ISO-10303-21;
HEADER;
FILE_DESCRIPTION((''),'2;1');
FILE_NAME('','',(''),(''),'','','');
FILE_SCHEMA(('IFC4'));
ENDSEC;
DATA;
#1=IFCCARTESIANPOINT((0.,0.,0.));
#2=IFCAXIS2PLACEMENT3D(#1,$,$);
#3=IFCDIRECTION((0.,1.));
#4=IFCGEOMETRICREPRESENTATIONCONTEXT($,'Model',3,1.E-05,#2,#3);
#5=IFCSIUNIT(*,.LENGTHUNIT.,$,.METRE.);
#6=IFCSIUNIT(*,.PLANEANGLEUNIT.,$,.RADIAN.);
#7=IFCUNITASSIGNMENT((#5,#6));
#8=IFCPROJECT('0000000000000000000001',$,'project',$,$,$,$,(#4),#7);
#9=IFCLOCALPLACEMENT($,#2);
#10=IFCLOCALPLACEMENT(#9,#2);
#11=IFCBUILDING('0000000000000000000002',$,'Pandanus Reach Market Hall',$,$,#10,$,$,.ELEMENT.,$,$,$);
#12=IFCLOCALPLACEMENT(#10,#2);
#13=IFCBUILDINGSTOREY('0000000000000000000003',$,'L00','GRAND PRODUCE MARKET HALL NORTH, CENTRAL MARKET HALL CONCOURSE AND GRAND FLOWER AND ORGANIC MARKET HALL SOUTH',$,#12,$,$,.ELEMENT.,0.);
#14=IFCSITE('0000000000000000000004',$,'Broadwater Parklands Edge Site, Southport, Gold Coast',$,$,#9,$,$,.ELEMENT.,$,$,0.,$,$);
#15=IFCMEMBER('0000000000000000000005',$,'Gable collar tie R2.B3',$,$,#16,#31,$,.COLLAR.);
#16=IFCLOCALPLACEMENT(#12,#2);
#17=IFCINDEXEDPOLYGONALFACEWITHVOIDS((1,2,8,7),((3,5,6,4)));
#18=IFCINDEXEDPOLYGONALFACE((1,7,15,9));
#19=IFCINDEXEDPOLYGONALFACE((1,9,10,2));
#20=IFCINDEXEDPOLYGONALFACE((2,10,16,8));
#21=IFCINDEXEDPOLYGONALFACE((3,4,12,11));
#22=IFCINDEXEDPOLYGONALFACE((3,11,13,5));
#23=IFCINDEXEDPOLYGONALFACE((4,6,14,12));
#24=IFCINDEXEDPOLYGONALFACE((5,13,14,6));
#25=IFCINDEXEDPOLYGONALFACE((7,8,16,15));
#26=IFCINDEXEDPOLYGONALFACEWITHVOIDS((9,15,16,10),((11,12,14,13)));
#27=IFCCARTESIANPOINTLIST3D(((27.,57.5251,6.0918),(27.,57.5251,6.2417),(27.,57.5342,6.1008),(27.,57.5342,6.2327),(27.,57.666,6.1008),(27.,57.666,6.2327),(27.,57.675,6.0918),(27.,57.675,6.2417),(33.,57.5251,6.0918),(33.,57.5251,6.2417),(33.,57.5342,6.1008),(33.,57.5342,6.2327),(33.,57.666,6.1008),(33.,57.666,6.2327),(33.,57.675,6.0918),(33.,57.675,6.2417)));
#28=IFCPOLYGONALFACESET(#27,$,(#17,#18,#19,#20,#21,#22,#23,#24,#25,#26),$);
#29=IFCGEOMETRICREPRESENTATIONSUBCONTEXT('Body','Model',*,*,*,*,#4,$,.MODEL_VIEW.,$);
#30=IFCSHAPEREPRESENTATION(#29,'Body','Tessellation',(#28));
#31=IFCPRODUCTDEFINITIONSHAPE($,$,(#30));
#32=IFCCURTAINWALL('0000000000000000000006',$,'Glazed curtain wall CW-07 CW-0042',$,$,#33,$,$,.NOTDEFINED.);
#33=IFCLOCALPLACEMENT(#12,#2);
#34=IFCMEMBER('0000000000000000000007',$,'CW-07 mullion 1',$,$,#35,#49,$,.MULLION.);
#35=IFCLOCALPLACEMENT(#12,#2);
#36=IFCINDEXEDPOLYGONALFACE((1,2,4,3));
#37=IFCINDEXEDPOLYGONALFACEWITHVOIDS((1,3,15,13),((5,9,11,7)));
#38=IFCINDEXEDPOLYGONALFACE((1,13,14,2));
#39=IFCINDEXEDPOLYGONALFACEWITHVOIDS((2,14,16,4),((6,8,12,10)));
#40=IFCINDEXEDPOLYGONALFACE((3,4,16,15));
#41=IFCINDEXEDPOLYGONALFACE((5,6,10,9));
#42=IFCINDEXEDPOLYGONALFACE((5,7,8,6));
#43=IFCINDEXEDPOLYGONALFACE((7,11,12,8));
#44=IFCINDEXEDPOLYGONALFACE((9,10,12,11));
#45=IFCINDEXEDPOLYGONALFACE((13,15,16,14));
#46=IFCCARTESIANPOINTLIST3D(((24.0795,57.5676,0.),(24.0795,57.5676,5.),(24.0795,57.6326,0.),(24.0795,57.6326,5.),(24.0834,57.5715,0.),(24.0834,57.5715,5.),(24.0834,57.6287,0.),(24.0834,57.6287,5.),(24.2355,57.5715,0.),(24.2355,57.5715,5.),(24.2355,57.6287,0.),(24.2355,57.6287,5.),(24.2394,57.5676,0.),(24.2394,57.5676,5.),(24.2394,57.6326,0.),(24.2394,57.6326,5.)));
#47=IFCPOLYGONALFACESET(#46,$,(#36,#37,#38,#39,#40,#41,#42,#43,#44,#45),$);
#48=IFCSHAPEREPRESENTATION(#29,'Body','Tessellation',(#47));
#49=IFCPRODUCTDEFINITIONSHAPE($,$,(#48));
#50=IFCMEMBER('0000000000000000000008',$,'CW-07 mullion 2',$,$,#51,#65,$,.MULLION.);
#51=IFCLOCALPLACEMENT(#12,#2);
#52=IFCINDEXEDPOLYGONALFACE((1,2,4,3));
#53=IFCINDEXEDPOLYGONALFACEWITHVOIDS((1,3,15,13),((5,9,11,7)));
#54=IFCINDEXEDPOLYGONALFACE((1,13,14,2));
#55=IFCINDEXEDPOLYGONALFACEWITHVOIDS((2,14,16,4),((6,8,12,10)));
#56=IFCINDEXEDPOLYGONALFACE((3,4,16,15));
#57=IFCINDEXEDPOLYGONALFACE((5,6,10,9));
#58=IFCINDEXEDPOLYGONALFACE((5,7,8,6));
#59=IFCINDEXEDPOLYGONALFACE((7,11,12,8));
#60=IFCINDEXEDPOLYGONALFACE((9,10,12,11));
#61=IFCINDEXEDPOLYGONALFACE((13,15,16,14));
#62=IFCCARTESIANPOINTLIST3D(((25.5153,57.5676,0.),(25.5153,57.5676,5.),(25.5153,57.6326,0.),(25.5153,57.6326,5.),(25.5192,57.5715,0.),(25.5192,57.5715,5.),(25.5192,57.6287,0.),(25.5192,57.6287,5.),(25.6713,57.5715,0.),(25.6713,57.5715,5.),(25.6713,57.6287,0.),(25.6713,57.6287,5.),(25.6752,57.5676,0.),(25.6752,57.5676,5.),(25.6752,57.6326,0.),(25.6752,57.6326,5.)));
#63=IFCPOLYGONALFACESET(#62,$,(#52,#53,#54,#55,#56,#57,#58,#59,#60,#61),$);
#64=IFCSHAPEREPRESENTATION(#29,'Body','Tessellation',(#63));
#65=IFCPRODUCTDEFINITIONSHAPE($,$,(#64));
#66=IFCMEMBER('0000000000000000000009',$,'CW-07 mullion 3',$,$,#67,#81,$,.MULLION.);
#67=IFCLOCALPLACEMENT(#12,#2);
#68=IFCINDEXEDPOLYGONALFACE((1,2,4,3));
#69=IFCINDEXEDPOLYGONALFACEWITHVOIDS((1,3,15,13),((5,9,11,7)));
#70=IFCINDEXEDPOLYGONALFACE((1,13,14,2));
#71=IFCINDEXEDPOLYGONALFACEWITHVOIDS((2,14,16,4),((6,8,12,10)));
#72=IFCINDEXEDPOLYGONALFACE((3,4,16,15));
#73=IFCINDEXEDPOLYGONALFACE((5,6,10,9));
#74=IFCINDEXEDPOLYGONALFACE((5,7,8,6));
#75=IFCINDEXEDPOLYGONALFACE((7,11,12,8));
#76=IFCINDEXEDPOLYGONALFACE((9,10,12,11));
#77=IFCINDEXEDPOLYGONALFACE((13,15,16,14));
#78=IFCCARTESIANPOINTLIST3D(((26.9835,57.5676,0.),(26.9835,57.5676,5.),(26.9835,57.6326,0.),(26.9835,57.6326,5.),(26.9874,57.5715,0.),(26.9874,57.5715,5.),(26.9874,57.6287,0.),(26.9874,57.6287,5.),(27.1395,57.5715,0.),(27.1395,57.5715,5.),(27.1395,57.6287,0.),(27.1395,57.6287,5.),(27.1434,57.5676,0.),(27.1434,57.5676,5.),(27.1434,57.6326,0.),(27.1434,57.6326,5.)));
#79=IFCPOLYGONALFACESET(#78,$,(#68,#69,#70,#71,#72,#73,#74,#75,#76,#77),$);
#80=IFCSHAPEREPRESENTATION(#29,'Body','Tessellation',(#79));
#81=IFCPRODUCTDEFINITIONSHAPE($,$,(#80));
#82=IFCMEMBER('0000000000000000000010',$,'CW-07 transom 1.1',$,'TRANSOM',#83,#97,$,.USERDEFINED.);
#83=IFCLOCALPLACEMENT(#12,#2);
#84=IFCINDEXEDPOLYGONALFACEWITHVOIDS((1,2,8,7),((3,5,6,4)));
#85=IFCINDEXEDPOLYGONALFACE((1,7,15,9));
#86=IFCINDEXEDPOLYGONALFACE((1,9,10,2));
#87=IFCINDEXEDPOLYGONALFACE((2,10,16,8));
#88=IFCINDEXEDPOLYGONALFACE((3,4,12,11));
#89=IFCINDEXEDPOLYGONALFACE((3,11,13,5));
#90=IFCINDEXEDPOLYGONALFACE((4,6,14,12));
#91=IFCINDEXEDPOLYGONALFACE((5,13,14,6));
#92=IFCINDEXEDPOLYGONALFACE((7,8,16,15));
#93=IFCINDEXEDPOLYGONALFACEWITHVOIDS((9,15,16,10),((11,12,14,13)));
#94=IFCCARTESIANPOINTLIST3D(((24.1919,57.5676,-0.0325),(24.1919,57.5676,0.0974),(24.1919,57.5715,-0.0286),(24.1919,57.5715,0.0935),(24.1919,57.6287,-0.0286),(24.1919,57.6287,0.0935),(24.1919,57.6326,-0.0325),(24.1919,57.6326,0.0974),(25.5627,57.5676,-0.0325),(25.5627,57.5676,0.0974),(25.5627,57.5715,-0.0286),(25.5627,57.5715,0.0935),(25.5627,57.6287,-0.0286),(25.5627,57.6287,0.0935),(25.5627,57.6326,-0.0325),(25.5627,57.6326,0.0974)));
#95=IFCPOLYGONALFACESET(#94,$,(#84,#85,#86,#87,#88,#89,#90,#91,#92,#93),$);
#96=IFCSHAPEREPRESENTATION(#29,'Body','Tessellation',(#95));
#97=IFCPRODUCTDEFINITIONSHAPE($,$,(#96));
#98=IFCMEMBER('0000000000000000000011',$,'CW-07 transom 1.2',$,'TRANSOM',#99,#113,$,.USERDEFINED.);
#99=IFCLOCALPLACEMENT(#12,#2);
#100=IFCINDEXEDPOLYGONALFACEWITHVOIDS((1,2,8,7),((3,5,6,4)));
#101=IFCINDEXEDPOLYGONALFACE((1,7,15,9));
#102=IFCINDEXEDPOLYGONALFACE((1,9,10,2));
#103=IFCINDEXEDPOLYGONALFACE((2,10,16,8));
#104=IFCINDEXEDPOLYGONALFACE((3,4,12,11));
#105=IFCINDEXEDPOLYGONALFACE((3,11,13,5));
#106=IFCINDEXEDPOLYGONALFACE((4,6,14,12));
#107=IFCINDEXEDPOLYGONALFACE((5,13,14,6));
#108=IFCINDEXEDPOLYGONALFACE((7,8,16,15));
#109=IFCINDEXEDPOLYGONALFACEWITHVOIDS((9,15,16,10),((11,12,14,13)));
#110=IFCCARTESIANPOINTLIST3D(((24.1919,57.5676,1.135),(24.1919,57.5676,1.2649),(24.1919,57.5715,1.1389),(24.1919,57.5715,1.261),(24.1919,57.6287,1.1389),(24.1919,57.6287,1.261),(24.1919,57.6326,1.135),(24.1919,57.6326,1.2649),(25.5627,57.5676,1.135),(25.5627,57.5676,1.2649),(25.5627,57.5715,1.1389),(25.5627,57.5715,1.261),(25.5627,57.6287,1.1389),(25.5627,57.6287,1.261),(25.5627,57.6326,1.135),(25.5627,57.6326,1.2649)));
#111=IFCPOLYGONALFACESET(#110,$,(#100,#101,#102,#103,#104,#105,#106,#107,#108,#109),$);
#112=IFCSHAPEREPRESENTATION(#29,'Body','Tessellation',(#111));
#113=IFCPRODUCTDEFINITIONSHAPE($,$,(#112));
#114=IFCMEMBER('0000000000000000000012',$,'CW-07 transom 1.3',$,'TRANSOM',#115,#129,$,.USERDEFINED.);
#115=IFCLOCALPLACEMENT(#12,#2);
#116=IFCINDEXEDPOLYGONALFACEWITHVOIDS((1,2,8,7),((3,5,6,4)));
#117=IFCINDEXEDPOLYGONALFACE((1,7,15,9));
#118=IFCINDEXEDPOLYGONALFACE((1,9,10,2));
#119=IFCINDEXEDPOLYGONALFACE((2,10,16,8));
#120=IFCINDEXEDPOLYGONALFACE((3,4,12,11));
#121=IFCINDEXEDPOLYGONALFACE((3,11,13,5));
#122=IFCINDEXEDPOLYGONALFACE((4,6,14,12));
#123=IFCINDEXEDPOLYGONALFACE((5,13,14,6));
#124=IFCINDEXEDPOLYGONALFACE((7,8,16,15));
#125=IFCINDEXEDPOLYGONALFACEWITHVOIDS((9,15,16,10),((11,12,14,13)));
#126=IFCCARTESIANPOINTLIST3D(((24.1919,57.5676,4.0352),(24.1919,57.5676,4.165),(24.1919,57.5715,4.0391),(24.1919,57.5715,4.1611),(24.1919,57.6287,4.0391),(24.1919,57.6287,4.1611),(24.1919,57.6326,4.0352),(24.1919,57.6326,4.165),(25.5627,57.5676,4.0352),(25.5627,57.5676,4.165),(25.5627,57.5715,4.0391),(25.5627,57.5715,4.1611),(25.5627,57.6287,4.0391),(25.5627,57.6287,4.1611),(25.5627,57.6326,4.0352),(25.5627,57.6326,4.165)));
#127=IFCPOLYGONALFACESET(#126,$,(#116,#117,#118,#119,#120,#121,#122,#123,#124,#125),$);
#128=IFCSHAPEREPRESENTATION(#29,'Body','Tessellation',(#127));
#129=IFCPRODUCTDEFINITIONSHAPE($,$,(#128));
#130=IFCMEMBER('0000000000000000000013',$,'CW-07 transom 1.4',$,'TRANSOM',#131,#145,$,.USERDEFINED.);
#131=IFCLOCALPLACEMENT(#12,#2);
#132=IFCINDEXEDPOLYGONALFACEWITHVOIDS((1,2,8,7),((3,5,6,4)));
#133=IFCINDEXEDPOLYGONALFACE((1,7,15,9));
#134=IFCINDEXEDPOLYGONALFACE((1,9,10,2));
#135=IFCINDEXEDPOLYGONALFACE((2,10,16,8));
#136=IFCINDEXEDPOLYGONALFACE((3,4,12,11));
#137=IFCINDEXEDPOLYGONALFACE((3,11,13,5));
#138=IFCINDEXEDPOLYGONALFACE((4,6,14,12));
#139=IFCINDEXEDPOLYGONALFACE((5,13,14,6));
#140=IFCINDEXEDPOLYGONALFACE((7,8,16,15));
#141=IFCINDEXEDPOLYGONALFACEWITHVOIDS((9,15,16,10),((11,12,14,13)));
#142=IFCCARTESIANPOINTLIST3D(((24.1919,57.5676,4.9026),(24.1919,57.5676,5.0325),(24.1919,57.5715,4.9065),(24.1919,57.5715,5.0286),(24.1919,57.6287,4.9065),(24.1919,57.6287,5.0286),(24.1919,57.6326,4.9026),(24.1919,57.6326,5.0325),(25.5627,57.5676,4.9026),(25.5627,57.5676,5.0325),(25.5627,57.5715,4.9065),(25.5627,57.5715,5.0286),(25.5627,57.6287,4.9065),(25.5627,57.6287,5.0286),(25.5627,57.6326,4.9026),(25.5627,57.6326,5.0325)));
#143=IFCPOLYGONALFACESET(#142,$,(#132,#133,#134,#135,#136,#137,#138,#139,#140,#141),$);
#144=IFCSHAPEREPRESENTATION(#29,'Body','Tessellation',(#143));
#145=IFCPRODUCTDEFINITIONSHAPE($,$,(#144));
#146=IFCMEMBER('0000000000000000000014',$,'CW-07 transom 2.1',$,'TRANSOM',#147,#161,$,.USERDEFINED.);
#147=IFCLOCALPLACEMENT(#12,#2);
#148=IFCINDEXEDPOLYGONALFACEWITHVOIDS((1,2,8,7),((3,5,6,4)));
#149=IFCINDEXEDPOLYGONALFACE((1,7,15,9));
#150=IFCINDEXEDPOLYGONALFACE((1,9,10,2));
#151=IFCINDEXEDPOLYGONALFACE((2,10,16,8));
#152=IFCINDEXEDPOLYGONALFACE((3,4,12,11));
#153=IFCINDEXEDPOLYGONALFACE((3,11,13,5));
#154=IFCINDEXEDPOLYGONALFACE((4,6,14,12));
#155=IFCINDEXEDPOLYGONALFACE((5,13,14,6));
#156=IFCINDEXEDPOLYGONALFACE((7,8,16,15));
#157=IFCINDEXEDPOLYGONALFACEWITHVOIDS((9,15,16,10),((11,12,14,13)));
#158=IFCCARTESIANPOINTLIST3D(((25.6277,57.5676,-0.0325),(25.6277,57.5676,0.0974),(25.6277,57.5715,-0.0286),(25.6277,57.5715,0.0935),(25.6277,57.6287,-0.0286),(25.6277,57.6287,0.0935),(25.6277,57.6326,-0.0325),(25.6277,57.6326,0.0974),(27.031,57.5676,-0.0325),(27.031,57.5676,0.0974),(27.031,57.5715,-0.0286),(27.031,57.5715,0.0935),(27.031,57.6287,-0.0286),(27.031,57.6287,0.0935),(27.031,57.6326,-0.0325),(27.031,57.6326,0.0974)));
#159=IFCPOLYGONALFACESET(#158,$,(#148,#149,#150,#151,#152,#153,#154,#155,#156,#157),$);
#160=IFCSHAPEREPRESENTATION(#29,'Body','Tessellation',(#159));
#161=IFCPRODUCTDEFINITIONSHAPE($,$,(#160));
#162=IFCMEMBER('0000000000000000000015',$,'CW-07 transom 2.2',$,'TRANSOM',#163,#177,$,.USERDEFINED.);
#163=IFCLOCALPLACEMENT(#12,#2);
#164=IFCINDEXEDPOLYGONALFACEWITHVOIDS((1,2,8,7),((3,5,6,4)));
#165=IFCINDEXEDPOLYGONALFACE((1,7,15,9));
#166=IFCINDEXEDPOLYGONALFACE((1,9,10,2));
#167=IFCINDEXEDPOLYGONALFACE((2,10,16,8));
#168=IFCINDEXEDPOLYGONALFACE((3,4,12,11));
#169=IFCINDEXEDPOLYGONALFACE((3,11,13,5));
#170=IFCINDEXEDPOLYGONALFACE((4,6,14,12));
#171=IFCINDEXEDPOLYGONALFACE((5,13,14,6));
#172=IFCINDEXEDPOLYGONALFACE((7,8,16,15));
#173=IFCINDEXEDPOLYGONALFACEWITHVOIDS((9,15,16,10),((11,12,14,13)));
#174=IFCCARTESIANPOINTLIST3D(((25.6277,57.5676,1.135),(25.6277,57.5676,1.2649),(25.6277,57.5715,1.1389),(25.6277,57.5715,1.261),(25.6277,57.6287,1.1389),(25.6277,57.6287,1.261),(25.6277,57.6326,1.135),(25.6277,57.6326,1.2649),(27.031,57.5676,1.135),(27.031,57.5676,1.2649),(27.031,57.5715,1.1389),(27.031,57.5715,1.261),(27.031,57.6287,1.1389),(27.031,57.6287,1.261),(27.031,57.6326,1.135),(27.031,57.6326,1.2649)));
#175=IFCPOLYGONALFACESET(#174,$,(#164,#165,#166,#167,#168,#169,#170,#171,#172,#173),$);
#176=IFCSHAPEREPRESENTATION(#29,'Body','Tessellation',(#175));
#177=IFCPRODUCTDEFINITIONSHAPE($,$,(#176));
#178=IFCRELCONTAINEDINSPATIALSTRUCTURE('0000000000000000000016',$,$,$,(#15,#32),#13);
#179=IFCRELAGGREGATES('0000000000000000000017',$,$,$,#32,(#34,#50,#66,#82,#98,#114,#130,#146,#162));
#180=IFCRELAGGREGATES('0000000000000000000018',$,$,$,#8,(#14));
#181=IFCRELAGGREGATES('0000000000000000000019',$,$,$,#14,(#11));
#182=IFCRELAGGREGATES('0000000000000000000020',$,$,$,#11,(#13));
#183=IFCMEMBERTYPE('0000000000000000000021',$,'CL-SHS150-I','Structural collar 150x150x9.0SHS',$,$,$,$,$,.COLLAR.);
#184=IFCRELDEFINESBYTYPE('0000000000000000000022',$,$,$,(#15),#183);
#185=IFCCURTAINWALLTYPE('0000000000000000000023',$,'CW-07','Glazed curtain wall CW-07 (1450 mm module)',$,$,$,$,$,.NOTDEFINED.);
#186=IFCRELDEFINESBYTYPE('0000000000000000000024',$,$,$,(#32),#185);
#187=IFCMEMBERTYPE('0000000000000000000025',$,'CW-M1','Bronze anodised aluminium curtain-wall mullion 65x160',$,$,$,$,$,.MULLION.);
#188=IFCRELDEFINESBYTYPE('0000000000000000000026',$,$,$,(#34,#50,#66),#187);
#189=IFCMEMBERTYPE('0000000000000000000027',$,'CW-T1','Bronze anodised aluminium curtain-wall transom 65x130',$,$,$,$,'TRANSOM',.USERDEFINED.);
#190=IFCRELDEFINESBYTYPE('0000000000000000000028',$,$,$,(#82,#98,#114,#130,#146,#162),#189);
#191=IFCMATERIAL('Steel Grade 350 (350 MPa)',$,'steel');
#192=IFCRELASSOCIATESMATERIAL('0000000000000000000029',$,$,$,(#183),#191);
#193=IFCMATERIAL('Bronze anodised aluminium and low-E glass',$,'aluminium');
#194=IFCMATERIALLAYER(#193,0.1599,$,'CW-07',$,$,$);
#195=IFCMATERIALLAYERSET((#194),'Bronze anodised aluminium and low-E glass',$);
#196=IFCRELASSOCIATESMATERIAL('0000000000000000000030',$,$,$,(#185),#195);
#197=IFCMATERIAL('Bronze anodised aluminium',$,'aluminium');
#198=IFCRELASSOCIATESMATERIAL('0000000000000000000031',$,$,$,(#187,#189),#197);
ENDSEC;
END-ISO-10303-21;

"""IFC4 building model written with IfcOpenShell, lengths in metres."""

from ifc_helpers import new_model, si_unit, direction, frame, origin, origin_2d, place, context, subcontext, project, spatial, hollow_rectangle, extrude, material, layer, layer_set, material_profile, profile_set, type_object, element, aggregate, save


model = new_model("IFC4")

# Units and contexts
model_context = context("Model", 3, precision=1e-05, world=origin(), true_north=direction((0.0, 1.0)))
body_context = subcontext(model_context, "Body", "Model", "MODEL_VIEW")
ifc_project = project(units=[si_unit("LENGTHUNIT", "METRE"), si_unit("PLANEANGLEUNIT", "RADIAN")], contexts=[model_context])

# Site, building, storey
site_placement = place(None, origin())
site = spatial("IfcSite", under=ifc_project, at=site_placement, Name="Broadwater Parklands Edge Site, Southport, Gold Coast", CompositionType="ELEMENT", RefElevation=0.0)
building_placement = place(site_placement, origin())
building = spatial("IfcBuilding", under=site, at=building_placement, Name="Pandanus Reach Market Hall", CompositionType="ELEMENT")
storey_placement = place(building_placement, origin())
storey = spatial("IfcBuildingStorey", under=building, at=storey_placement, Name="L00", Description="GRAND PRODUCE MARKET HALL NORTH, CENTRAL MARKET HALL CONCOURSE AND GRAND FLOWER AND ORGANIC MARKET HALL SOUTH", CompositionType="ELEMENT", Elevation=0.0)

# Shared definitions
ifc_material_1 = material(Name="Steel Grade 350 (350 MPa)", Category="steel")

# Member
ifc_material_profile_1 = material_profile(ifc_material_1, hollow_rectangle(XDim=0.1499, YDim=0.1499, WallThickness=0.009, at=origin_2d()), Name="150x150x9.0SHS", Category="LoadBearing")
ifc_profile_set_1 = profile_set([ifc_material_profile_1], Name="Steel Grade 350 (350 MPa)")
member_type_1 = type_object("IfcMemberType", Name="CL-SHS150-I", Description="Structural collar 150x150x9.0SHS", PredefinedType="COLLAR", material=ifc_profile_set_1)
for number, where, z_axis, x_axis, name in (
    (1, (27.0, 57.6001, 6.1667), (1.0, 0.0, 0.0), (0.0, 1.0, 0.0), "Gable collar tie R2.B3"),
):
    element("IfcMember", number, at=place(storey_placement, frame(where, z_axis=z_axis, x_axis=x_axis)), inside=storey, type_object=member_type_1, Name=name, PredefinedType="COLLAR", context=body_context, shape_type="SweptSolid", body=[
        extrude(hollow_rectangle(XDim=0.1499, YDim=0.1499, WallThickness=0.009, at=origin_2d()), origin(), (0.0, 0.0, 1.0), 6.0),
    ])

# Curtain wall, members
ifc_material_2 = material(Name="Bronze anodised aluminium and low-E glass", Category="aluminium")
ifc_layer_1 = layer(ifc_material_2, 0.1599, Name="CW-07")
ifc_layer_set_1 = layer_set([ifc_layer_1], Name="Bronze anodised aluminium and low-E glass")
curtain_wall_type = type_object("IfcCurtainWallType", Name="CW-07", Description="Glazed curtain wall CW-07 (1450 mm module)", PredefinedType="NOTDEFINED", material=ifc_layer_set_1)
curtain_wall_placement = place(storey_placement, origin())
curtain_wall = element("IfcCurtainWall", 2, at=curtain_wall_placement, inside=storey, type_object=curtain_wall_type, Name="Glazed curtain wall CW-07 CW-0042", PredefinedType="NOTDEFINED")
ifc_material_3 = material(Name="Bronze anodised aluminium", Category="aluminium")
ifc_material_profile_2 = material_profile(ifc_material_3, hollow_rectangle(XDim=0.0649, YDim=0.1599, WallThickness=0.0039, at=origin_2d()), Name="ALU65x160", Category="LoadBearing")
ifc_profile_set_2 = profile_set([ifc_material_profile_2], Name="Bronze anodised aluminium")
member_type_2 = type_object("IfcMemberType", Name="CW-M1", Description="Bronze anodised aluminium curtain-wall mullion 65x160", PredefinedType="MULLION", material=ifc_profile_set_2)
member_1_placement = place(storey_placement, frame((24.1594, 57.6001, 0.0), z_axis=(0.0, 0.0, 1.0), x_axis=(0.0, 1.0, 0.0)))
member_1 = element("IfcMember", 3, at=member_1_placement, type_object=member_type_2, Name="CW-07 mullion 1", PredefinedType="MULLION", context=body_context, shape_type="SweptSolid", body=[
    extrude(hollow_rectangle(XDim=0.0649, YDim=0.1599, WallThickness=0.0039, at=origin_2d()), origin(), (0.0, 0.0, 1.0), 5.0),
])
member_2_placement = place(storey_placement, frame((25.5952, 57.6001, 0.0), z_axis=(0.0, 0.0, 1.0), x_axis=(0.0, 1.0, 0.0)))
member_2 = element("IfcMember", 4, at=member_2_placement, type_object=member_type_2, Name="CW-07 mullion 2", PredefinedType="MULLION", context=body_context, shape_type="SweptSolid", body=[
    extrude(hollow_rectangle(XDim=0.0649, YDim=0.1599, WallThickness=0.0039, at=origin_2d()), origin(), (0.0, 0.0, 1.0), 5.0),
])
member_3_placement = place(storey_placement, frame((27.0635, 57.6001, 0.0), z_axis=(0.0, 0.0, 1.0), x_axis=(0.0, 1.0, 0.0)))
member_3 = element("IfcMember", 5, at=member_3_placement, type_object=member_type_2, Name="CW-07 mullion 3", PredefinedType="MULLION", context=body_context, shape_type="SweptSolid", body=[
    extrude(hollow_rectangle(XDim=0.0649, YDim=0.1599, WallThickness=0.0039, at=origin_2d()), origin(), (0.0, 0.0, 1.0), 5.0),
])
ifc_material_profile_3 = material_profile(ifc_material_3, hollow_rectangle(XDim=0.0649, YDim=0.1299, WallThickness=0.0039, at=origin_2d()), Name="ALU65x130", Category="LoadBearing")
ifc_profile_set_3 = profile_set([ifc_material_profile_3], Name="Bronze anodised aluminium")
member_type_3 = type_object("IfcMemberType", Name="CW-T1", Description="Bronze anodised aluminium curtain-wall transom 65x130", ElementType="TRANSOM", PredefinedType="USERDEFINED", material=ifc_profile_set_3)
member_4_placement = place(storey_placement, frame((24.1919, 57.6001, 0.0325), z_axis=(1.0, 0.0, 0.0), x_axis=(0.0, 1.0, 0.0)))
member_4 = element("IfcMember", 6, at=member_4_placement, type_object=member_type_3, Name="CW-07 transom 1.1", ObjectType="TRANSOM", PredefinedType="USERDEFINED", context=body_context, shape_type="SweptSolid", body=[
    extrude(hollow_rectangle(XDim=0.0649, YDim=0.1299, WallThickness=0.0039, at=origin_2d()), origin(), (0.0, 0.0, 1.0), 1.3708),
])
member_5_placement = place(storey_placement, frame((24.1919, 57.6001, 1.2), z_axis=(1.0, 0.0, 0.0), x_axis=(0.0, 1.0, 0.0)))
member_5 = element("IfcMember", 7, at=member_5_placement, type_object=member_type_3, Name="CW-07 transom 1.2", ObjectType="TRANSOM", PredefinedType="USERDEFINED", context=body_context, shape_type="SweptSolid", body=[
    extrude(hollow_rectangle(XDim=0.0649, YDim=0.1299, WallThickness=0.0039, at=origin_2d()), origin(), (0.0, 0.0, 1.0), 1.3708),
])
member_6_placement = place(storey_placement, frame((24.1919, 57.6001, 4.1001), z_axis=(1.0, 0.0, 0.0), x_axis=(0.0, 1.0, 0.0)))
member_6 = element("IfcMember", 8, at=member_6_placement, type_object=member_type_3, Name="CW-07 transom 1.3", ObjectType="TRANSOM", PredefinedType="USERDEFINED", context=body_context, shape_type="SweptSolid", body=[
    extrude(hollow_rectangle(XDim=0.0649, YDim=0.1299, WallThickness=0.0039, at=origin_2d()), origin(), (0.0, 0.0, 1.0), 1.3708),
])
member_7_placement = place(storey_placement, frame((24.1919, 57.6001, 4.9675), z_axis=(1.0, 0.0, 0.0), x_axis=(0.0, 1.0, 0.0)))
member_7 = element("IfcMember", 9, at=member_7_placement, type_object=member_type_3, Name="CW-07 transom 1.4", ObjectType="TRANSOM", PredefinedType="USERDEFINED", context=body_context, shape_type="SweptSolid", body=[
    extrude(hollow_rectangle(XDim=0.0649, YDim=0.1299, WallThickness=0.0039, at=origin_2d()), origin(), (0.0, 0.0, 1.0), 1.3708),
])
member_8_placement = place(storey_placement, frame((25.6277, 57.6001, 0.0325), z_axis=(1.0, 0.0, 0.0), x_axis=(0.0, 1.0, 0.0)))
member_8 = element("IfcMember", 10, at=member_8_placement, type_object=member_type_3, Name="CW-07 transom 2.1", ObjectType="TRANSOM", PredefinedType="USERDEFINED", context=body_context, shape_type="SweptSolid", body=[
    extrude(hollow_rectangle(XDim=0.0649, YDim=0.1299, WallThickness=0.0039, at=origin_2d()), origin(), (0.0, 0.0, 1.0), 1.4033),
])
member_9_placement = place(storey_placement, frame((25.6277, 57.6001, 1.2), z_axis=(1.0, 0.0, 0.0), x_axis=(0.0, 1.0, 0.0)))
member_9 = element("IfcMember", 11, at=member_9_placement, type_object=member_type_3, Name="CW-07 transom 2.2", ObjectType="TRANSOM", PredefinedType="USERDEFINED", context=body_context, shape_type="SweptSolid", body=[
    extrude(hollow_rectangle(XDim=0.0649, YDim=0.1299, WallThickness=0.0039, at=origin_2d()), origin(), (0.0, 0.0, 1.0), 1.4033),
])

aggregate(curtain_wall, [member_1, member_2, member_3, member_4, member_5, member_6, member_7, member_8, member_9])

save(model, "model.ifc")
